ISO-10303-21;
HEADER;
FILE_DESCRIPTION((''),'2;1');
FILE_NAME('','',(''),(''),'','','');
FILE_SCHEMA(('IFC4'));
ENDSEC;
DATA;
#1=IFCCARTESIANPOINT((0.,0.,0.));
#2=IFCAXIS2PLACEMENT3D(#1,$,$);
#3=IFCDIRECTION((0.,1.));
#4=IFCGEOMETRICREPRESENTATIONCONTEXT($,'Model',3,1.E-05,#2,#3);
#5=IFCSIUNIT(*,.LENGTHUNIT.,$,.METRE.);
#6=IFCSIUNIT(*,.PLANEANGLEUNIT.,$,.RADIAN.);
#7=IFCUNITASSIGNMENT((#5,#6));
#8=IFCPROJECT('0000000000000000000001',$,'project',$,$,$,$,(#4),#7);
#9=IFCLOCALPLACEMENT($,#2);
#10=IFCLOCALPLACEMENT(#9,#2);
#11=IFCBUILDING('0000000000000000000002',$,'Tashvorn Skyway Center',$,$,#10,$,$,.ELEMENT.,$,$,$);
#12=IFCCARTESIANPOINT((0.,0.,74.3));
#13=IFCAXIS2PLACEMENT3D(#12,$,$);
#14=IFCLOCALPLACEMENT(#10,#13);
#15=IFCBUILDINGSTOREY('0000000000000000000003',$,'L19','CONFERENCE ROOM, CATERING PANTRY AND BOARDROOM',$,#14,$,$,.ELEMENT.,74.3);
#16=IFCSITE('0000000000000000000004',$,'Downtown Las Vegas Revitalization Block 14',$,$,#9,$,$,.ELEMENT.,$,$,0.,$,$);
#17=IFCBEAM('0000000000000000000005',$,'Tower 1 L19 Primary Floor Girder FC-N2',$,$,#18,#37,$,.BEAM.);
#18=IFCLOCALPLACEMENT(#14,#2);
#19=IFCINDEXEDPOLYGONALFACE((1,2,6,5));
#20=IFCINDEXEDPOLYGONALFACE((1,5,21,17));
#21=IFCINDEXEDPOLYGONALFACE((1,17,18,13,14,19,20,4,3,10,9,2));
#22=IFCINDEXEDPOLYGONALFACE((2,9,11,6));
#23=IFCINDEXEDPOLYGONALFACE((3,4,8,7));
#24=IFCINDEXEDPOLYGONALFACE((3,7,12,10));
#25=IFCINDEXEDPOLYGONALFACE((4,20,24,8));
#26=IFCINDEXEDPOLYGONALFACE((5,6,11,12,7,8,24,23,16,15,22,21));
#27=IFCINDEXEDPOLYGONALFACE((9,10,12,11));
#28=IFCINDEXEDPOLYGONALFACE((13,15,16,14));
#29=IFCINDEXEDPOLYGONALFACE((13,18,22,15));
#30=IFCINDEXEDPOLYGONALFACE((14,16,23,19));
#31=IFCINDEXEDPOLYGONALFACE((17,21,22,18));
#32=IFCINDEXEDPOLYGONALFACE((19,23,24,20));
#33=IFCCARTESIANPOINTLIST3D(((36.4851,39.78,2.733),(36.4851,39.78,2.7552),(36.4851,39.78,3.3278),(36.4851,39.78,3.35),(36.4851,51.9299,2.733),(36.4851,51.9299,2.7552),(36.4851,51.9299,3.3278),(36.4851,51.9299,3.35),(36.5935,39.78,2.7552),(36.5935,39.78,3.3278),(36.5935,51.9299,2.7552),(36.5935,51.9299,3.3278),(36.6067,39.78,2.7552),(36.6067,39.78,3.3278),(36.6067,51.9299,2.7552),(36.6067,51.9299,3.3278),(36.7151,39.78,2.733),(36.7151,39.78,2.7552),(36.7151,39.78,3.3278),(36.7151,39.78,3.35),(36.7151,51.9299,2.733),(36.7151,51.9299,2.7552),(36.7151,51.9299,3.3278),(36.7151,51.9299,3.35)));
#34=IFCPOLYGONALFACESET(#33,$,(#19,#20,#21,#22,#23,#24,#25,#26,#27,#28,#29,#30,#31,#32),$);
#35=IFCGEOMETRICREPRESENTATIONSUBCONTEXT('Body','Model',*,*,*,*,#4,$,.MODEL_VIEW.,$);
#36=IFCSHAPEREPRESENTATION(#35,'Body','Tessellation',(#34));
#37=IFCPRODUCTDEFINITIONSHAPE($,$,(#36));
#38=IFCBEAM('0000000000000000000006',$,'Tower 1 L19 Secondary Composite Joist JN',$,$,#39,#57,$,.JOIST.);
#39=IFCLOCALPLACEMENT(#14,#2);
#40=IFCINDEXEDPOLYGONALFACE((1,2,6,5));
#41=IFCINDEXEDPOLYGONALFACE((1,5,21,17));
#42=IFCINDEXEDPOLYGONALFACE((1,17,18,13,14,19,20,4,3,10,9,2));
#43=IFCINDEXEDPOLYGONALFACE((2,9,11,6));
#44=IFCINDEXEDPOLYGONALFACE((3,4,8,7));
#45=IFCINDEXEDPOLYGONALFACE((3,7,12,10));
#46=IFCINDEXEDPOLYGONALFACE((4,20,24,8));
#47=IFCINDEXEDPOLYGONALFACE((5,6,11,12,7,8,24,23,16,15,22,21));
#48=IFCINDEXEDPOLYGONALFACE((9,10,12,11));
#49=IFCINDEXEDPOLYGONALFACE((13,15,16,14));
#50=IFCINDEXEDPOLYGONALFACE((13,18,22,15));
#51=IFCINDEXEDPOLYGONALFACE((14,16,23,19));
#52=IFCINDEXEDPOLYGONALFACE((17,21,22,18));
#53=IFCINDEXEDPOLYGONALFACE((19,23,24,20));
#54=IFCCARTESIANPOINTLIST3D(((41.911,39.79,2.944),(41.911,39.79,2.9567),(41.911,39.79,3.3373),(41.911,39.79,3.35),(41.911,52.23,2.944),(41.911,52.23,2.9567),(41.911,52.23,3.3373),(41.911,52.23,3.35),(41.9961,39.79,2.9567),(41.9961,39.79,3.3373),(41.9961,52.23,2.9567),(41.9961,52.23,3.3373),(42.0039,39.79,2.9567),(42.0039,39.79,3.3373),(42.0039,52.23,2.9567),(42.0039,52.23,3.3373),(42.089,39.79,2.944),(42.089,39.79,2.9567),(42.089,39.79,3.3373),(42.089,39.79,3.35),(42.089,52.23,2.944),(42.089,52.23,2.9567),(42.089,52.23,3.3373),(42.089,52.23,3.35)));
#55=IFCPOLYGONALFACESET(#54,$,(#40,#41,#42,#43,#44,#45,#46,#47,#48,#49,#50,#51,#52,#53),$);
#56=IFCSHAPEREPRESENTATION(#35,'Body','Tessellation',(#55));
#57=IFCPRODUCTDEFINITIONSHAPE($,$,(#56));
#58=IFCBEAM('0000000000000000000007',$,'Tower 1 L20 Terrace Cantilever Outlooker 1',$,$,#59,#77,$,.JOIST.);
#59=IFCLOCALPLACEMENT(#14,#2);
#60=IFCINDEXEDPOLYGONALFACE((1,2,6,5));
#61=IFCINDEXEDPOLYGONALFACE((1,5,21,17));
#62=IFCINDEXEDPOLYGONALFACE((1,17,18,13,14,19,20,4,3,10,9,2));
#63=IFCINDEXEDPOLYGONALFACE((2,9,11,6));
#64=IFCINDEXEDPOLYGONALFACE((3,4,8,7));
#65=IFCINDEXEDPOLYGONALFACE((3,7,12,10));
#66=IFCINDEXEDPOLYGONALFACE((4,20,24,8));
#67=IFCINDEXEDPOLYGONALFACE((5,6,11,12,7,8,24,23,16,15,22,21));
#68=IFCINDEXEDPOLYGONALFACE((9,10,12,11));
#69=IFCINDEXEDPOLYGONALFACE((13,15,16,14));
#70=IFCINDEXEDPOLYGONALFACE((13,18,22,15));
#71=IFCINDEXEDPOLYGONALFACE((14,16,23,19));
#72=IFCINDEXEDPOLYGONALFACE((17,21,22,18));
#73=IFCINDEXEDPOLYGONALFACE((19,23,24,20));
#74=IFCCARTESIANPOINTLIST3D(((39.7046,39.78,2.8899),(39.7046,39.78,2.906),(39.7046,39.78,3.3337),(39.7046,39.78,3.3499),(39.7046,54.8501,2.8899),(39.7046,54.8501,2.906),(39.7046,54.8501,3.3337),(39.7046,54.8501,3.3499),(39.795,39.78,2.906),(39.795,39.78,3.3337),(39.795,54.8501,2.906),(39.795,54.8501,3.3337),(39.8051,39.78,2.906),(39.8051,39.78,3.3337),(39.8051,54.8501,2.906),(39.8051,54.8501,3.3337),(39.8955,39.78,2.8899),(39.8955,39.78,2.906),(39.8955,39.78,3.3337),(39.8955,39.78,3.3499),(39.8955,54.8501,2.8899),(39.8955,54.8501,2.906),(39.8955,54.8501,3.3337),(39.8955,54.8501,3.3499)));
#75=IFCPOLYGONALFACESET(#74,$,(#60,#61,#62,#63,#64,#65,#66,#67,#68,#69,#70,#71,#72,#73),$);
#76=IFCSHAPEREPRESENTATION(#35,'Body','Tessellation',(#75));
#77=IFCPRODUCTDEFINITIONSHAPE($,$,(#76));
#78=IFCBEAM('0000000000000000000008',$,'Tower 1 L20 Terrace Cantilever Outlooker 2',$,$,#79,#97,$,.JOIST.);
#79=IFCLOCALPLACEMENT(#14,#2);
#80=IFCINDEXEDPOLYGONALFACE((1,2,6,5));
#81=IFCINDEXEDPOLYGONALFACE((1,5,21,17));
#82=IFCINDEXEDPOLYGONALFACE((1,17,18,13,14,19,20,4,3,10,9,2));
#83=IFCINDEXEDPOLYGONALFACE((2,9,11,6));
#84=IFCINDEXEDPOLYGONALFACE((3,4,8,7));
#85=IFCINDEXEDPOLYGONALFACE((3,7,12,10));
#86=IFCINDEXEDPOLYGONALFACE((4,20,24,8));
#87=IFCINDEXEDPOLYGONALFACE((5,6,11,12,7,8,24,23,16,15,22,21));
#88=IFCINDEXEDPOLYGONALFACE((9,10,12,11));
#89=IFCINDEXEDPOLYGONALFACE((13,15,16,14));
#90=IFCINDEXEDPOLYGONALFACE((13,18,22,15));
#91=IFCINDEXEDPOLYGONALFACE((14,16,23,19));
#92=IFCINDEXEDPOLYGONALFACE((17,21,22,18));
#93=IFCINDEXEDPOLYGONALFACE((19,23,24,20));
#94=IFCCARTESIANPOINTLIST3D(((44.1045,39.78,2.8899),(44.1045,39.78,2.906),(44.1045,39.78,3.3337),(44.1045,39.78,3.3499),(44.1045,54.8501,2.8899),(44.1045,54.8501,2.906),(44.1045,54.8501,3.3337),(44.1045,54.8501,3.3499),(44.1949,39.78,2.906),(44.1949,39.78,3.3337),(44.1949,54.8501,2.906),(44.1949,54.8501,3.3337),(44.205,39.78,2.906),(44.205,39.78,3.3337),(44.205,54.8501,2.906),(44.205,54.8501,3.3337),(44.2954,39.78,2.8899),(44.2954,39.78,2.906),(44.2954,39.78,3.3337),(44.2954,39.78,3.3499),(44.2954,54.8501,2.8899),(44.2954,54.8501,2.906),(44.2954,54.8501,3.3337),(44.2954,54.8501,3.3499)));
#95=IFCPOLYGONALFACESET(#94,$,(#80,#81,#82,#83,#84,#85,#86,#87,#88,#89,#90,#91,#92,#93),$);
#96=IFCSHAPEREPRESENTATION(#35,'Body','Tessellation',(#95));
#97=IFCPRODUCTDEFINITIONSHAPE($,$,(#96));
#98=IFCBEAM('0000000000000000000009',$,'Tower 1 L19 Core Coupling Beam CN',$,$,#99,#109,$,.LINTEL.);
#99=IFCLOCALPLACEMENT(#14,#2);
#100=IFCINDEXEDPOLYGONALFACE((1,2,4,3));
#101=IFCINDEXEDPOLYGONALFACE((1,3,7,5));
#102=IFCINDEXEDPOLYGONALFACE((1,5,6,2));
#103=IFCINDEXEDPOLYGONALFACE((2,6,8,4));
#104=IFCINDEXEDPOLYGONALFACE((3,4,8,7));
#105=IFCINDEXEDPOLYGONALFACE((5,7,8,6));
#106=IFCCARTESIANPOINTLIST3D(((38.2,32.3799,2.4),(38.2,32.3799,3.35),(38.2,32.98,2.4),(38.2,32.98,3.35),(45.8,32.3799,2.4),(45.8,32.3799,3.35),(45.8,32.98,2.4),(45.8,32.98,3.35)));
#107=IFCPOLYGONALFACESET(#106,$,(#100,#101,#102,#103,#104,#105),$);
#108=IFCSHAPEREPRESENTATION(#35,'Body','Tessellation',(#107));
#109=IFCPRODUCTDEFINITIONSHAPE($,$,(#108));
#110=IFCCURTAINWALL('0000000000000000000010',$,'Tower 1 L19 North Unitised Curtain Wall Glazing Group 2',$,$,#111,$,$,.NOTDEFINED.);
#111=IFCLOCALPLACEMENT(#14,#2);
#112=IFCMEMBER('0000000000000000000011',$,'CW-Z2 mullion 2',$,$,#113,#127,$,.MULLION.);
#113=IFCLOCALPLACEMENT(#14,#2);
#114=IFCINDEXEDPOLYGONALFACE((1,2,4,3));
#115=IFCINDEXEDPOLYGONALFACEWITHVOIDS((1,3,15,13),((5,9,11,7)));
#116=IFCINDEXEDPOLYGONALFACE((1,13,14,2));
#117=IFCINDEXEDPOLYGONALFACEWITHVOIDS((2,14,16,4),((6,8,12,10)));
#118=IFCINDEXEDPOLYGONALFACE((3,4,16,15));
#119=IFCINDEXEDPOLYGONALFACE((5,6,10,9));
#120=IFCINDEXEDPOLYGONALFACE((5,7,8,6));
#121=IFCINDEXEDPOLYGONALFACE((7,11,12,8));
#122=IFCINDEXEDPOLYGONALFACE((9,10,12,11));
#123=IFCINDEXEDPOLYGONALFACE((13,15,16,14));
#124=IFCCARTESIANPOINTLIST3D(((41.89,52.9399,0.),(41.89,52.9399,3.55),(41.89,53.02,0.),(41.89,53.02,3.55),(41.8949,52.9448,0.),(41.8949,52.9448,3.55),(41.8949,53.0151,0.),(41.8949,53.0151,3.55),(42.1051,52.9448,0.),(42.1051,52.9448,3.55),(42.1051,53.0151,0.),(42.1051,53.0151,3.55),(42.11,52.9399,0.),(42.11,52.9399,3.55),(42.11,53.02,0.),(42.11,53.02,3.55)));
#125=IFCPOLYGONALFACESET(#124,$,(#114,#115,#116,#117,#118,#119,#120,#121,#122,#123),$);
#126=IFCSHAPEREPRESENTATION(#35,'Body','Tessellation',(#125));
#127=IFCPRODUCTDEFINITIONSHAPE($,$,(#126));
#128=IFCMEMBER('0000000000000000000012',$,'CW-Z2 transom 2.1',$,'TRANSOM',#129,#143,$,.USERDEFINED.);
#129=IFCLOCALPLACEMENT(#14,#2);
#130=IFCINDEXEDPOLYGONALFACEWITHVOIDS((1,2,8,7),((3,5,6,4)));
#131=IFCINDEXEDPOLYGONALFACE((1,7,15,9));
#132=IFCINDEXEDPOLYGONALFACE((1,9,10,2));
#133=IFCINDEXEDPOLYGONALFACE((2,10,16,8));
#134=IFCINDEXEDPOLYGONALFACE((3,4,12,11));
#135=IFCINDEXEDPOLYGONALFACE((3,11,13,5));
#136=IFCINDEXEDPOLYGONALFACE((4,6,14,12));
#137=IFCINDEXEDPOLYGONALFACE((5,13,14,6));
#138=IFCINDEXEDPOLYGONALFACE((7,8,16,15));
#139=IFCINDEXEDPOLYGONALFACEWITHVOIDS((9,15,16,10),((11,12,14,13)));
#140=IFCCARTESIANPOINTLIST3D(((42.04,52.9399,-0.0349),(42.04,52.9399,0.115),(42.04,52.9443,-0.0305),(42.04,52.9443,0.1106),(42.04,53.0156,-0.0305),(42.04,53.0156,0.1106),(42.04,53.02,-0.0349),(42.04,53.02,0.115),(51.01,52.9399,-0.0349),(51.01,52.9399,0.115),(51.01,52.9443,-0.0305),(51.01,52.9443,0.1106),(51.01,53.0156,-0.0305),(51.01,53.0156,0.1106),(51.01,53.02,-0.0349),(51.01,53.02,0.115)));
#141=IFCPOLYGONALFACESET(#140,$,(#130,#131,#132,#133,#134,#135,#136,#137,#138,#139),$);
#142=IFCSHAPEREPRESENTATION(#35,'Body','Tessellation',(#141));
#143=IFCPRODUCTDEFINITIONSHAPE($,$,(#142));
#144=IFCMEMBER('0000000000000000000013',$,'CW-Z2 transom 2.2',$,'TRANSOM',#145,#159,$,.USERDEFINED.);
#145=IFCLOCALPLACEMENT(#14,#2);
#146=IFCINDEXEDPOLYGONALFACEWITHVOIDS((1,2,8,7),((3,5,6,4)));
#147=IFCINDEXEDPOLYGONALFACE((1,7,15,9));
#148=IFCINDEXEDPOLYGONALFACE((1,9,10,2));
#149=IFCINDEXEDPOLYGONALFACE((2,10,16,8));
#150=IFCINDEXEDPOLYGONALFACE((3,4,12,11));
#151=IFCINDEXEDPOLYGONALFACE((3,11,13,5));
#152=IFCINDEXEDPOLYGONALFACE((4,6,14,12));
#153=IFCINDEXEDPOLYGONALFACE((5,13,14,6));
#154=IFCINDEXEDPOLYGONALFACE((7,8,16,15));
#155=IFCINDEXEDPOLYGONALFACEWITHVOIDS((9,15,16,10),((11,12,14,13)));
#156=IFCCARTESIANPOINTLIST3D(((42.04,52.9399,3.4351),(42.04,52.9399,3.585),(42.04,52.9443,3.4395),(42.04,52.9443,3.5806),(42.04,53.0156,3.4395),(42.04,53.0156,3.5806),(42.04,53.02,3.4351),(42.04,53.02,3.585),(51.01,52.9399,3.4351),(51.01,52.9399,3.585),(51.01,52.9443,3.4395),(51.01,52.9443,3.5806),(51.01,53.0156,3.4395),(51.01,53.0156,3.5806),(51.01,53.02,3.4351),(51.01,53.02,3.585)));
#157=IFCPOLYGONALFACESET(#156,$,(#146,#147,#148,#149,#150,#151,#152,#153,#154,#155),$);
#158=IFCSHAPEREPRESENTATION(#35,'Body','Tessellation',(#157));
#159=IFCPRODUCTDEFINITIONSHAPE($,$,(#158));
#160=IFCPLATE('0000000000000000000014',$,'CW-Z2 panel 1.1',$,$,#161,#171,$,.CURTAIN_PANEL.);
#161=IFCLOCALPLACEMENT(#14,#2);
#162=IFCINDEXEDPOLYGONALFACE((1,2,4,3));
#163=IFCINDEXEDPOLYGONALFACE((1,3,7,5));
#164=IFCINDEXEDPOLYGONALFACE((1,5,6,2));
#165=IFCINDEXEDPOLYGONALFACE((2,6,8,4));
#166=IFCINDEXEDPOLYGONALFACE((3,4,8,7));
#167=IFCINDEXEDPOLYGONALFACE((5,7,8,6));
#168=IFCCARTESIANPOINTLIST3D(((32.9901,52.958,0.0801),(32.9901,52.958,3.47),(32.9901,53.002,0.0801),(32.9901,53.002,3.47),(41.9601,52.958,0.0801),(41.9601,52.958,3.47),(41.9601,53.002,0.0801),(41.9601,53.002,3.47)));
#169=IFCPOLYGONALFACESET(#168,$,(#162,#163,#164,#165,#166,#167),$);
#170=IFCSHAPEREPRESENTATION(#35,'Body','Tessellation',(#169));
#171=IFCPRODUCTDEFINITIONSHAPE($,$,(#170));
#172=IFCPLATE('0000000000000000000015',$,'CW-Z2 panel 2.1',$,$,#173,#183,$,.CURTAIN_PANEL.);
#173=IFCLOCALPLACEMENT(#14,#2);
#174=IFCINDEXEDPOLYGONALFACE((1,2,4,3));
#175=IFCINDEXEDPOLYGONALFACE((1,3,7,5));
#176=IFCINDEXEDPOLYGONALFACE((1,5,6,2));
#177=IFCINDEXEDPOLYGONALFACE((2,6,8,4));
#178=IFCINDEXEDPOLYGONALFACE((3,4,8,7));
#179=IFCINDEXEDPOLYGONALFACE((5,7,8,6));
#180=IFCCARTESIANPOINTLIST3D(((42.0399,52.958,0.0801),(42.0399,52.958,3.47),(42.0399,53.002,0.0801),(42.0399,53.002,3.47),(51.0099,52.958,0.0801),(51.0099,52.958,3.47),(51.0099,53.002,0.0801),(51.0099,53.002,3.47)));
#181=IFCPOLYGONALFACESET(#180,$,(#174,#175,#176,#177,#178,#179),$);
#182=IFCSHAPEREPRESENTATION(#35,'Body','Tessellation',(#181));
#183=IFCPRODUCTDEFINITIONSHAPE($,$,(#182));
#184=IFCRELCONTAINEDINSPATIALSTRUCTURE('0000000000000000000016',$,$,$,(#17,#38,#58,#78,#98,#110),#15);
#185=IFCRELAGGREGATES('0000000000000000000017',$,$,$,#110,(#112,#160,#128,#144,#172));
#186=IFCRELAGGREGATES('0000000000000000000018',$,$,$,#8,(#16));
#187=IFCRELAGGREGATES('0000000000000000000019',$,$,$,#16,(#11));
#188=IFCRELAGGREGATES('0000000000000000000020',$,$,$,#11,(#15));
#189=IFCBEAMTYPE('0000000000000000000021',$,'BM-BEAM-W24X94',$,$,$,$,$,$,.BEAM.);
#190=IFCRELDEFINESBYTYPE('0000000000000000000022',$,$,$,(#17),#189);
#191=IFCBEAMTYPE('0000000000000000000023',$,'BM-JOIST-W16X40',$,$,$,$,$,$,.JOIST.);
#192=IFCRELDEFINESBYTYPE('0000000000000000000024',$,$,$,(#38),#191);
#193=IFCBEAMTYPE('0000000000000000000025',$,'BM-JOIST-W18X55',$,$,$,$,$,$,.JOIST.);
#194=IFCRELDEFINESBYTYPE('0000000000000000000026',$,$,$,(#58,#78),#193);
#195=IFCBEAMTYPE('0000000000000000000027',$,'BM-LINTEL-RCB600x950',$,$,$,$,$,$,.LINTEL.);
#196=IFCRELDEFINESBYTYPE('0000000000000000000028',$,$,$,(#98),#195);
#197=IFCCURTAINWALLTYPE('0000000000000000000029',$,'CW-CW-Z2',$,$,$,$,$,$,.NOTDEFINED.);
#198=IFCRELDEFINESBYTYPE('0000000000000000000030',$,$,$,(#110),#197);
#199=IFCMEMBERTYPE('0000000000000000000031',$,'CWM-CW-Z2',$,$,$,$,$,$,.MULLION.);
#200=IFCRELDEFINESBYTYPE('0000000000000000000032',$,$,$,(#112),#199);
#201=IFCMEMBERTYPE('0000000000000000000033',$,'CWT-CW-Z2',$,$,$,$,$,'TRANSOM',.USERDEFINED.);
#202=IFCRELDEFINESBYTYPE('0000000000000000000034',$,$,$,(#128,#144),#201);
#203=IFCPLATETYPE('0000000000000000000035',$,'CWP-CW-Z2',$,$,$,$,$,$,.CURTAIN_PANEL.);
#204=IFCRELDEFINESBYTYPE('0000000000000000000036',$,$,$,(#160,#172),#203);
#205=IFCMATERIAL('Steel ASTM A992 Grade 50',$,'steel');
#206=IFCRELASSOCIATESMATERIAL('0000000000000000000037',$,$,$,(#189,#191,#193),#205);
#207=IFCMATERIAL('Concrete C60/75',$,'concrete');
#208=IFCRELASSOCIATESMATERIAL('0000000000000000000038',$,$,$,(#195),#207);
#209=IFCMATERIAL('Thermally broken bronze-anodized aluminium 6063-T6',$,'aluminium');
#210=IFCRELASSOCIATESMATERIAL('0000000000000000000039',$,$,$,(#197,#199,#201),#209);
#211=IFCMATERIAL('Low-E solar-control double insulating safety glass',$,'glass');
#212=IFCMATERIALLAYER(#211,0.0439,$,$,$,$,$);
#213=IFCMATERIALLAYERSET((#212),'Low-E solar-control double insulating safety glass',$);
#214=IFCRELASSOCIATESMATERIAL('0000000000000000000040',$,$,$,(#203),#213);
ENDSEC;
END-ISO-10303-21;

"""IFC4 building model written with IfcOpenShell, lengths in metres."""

from ifc_helpers import new_model, si_unit, direction, frame, origin, origin_2d, place, context, subcontext, project, spatial, rectangle, hollow_rectangle, i_section, extrude, material, layer, layer_set, material_profile, profile_set, type_object, element, aggregate, save


model = new_model("IFC4")

# Units and contexts
model_context = context("Model", 3, precision=1e-05, world=origin(), true_north=direction((0.0, 1.0)))
body_context = subcontext(model_context, "Body", "Model", "MODEL_VIEW")
ifc_project = project(units=[si_unit("LENGTHUNIT", "METRE"), si_unit("PLANEANGLEUNIT", "RADIAN")], contexts=[model_context])

# Site, building, storey
site_placement = place(None, origin())
site = spatial("IfcSite", under=ifc_project, at=site_placement, Name="Downtown Las Vegas Revitalization Block 14", CompositionType="ELEMENT", RefElevation=0.0)
building_placement = place(site_placement, origin())
building = spatial("IfcBuilding", under=site, at=building_placement, Name="Tashvorn Skyway Center", CompositionType="ELEMENT")
storey_placement = place(building_placement, frame((0.0, 0.0, 74.3)))
storey = spatial("IfcBuildingStorey", under=building, at=storey_placement, Name="L19", Description="CONFERENCE ROOM, CATERING PANTRY AND BOARDROOM", CompositionType="ELEMENT", Elevation=74.3)

# Beams
ifc_material_1 = material(Name="Steel ASTM A992 Grade 50", Category="steel")
ifc_material_profile_1 = material_profile(ifc_material_1, i_section(OverallWidth=0.23, OverallDepth=0.6169, WebThickness=0.0132, FlangeThickness=0.0222, at=origin_2d()), Name="W24X94")
ifc_profile_set_1 = profile_set([ifc_material_profile_1], Name="Steel ASTM A992 Grade 50")
beam_type_1 = type_object("IfcBeamType", Name="BM-BEAM-W24X94", PredefinedType="BEAM", material=ifc_profile_set_1)
beam_1_placement = place(storey_placement, frame((36.6001, 51.9299, 3.0415), z_axis=(0.0, -1.0, 0.0), x_axis=(1.0, 0.0, 0.0)))
element("IfcBeam", 1, at=beam_1_placement, inside=storey, type_object=beam_type_1, Name="Tower 1 L19 Primary Floor Girder FC-N2", PredefinedType="BEAM", context=body_context, shape_type="SweptSolid", body=[
    extrude(i_section(OverallWidth=0.23, OverallDepth=0.6169, WebThickness=0.0132, FlangeThickness=0.0222, at=origin_2d()), origin(), (0.0, 0.0, 1.0), 12.1499),
])
ifc_material_profile_2 = material_profile(ifc_material_1, i_section(OverallWidth=0.178, OverallDepth=0.406, WebThickness=0.0078, FlangeThickness=0.0127, at=origin_2d()), Name="W16X40")
ifc_profile_set_2 = profile_set([ifc_material_profile_2], Name="Steel ASTM A992 Grade 50")
beam_type_2 = type_object("IfcBeamType", Name="BM-JOIST-W16X40", PredefinedType="JOIST", material=ifc_profile_set_2)
beam_2_placement = place(storey_placement, frame((42.0, 39.79, 3.147), z_axis=(0.0, 1.0, 0.0), x_axis=(-1.0, 0.0, 0.0)))
element("IfcBeam", 2, at=beam_2_placement, inside=storey, type_object=beam_type_2, Name="Tower 1 L19 Secondary Composite Joist JN", PredefinedType="JOIST", context=body_context, shape_type="SweptSolid", body=[
    extrude(i_section(OverallWidth=0.178, OverallDepth=0.406, WebThickness=0.0078, FlangeThickness=0.0127, at=origin_2d()), origin(), (0.0, 0.0, 1.0), 12.4399),
])
ifc_material_profile_3 = material_profile(ifc_material_1, i_section(OverallWidth=0.1909, OverallDepth=0.46, WebThickness=0.01, FlangeThickness=0.0161, at=origin_2d()), Name="W18X55")
ifc_profile_set_3 = profile_set([ifc_material_profile_3], Name="Steel ASTM A992 Grade 50")
beam_type_3 = type_object("IfcBeamType", Name="BM-JOIST-W18X55", PredefinedType="JOIST", material=ifc_profile_set_3)
for number, where, z_axis, x_axis, name in (
    (3, (39.8, 39.78, 3.1199), (0.0, 1.0, 0.0), (-1.0, 0.0, 0.0), "Tower 1 L20 Terrace Cantilever Outlooker 1"),
    (4, (44.2, 39.78, 3.1199), (0.0, 1.0, 0.0), (-1.0, 0.0, 0.0), "Tower 1 L20 Terrace Cantilever Outlooker 2"),
):
    element("IfcBeam", number, at=place(storey_placement, frame(where, z_axis=z_axis, x_axis=x_axis)), inside=storey, type_object=beam_type_3, Name=name, PredefinedType="JOIST", context=body_context, shape_type="SweptSolid", body=[
        extrude(i_section(OverallWidth=0.1909, OverallDepth=0.46, WebThickness=0.01, FlangeThickness=0.0161, at=origin_2d()), origin(), (0.0, 0.0, 1.0), 15.0701),
    ])
ifc_material_2 = material(Name="Concrete C60/75", Category="concrete")
ifc_material_profile_4 = material_profile(ifc_material_2, rectangle(XDim=0.6001, YDim=0.95, at=origin_2d()), Name="RCB600x950")
ifc_profile_set_4 = profile_set([ifc_material_profile_4], Name="Concrete C60/75")
beam_type_4 = type_object("IfcBeamType", Name="BM-LINTEL-RCB600x950", PredefinedType="LINTEL", material=ifc_profile_set_4)
beam_3_placement = place(storey_placement, frame((38.2, 32.6799, 2.875), z_axis=(1.0, 0.0, 0.0), x_axis=(0.0, 1.0, 0.0)))
element("IfcBeam", 5, at=beam_3_placement, inside=storey, type_object=beam_type_4, Name="Tower 1 L19 Core Coupling Beam CN", PredefinedType="LINTEL", context=body_context, shape_type="SweptSolid", body=[
    extrude(rectangle(XDim=0.6001, YDim=0.95, at=origin_2d()), origin(), (0.0, 0.0, 1.0), 7.6001),
])

# Curtain wall, members, plates
ifc_material_3 = material(Name="Thermally broken bronze-anodized aluminium 6063-T6", Category="aluminium")
curtain_wall_type = type_object("IfcCurtainWallType", Name="CW-CW-Z2", PredefinedType="NOTDEFINED", material=ifc_material_3)
curtain_wall_placement = place(storey_placement, origin())
curtain_wall = element("IfcCurtainWall", 6, at=curtain_wall_placement, inside=storey, type_object=curtain_wall_type, Name="Tower 1 L19 North Unitised Curtain Wall Glazing Group 2", PredefinedType="NOTDEFINED")
ifc_material_profile_5 = material_profile(ifc_material_3, hollow_rectangle(XDim=0.0801, YDim=0.22, WallThickness=0.0049, at=origin_2d()), Name="ALU-MULL-80x220")
ifc_profile_set_5 = profile_set([ifc_material_profile_5], Name="Thermally broken bronze-anodized aluminium 6063-T6")
member_type_1 = type_object("IfcMemberType", Name="CWM-CW-Z2", PredefinedType="MULLION", material=ifc_profile_set_5)
member_1_placement = place(storey_placement, frame((42.0, 52.98, 0.0), z_axis=(0.0, 0.0, 1.0), x_axis=(0.0, 1.0, 0.0)))
member_1 = element("IfcMember", 7, at=member_1_placement, type_object=member_type_1, Name="CW-Z2 mullion 2", PredefinedType="MULLION", context=body_context, shape_type="SweptSolid", body=[
    extrude(hollow_rectangle(XDim=0.0801, YDim=0.22, WallThickness=0.0049, at=origin_2d()), origin(), (0.0, 0.0, 1.0), 3.55),
])
ifc_material_profile_6 = material_profile(ifc_material_3, hollow_rectangle(XDim=0.0801, YDim=0.1499, WallThickness=0.0044, at=origin_2d()), Name="ALU-TRAN-80x150")
ifc_profile_set_6 = profile_set([ifc_material_profile_6], Name="Thermally broken bronze-anodized aluminium 6063-T6")
member_type_2 = type_object("IfcMemberType", Name="CWT-CW-Z2", ElementType="TRANSOM", PredefinedType="USERDEFINED", material=ifc_profile_set_6)
member_2_placement = place(storey_placement, frame((42.04, 52.98, 0.04), z_axis=(1.0, 0.0, 0.0), x_axis=(0.0, 1.0, 0.0)))
member_2 = element("IfcMember", 8, at=member_2_placement, type_object=member_type_2, Name="CW-Z2 transom 2.1", ObjectType="TRANSOM", PredefinedType="USERDEFINED", context=body_context, shape_type="SweptSolid", body=[
    extrude(hollow_rectangle(XDim=0.0801, YDim=0.1499, WallThickness=0.0044, at=origin_2d()), origin(), (0.0, 0.0, 1.0), 8.97),
])
member_3_placement = place(storey_placement, frame((42.04, 52.98, 3.51), z_axis=(1.0, 0.0, 0.0), x_axis=(0.0, 1.0, 0.0)))
member_3 = element("IfcMember", 9, at=member_3_placement, type_object=member_type_2, Name="CW-Z2 transom 2.2", ObjectType="TRANSOM", PredefinedType="USERDEFINED", context=body_context, shape_type="SweptSolid", body=[
    extrude(hollow_rectangle(XDim=0.0801, YDim=0.1499, WallThickness=0.0044, at=origin_2d()), origin(), (0.0, 0.0, 1.0), 8.97),
])
ifc_material_4 = material(Name="Low-E solar-control double insulating safety glass", Category="glass")
ifc_layer_1 = layer(ifc_material_4, 0.0439)
ifc_layer_set_1 = layer_set([ifc_layer_1], Name="Low-E solar-control double insulating safety glass")
plate_type = type_object("IfcPlateType", Name="CWP-CW-Z2", PredefinedType="CURTAIN_PANEL", material=ifc_layer_set_1)
plate_1_placement = place(storey_placement, frame((37.4751, 52.98, 0.0801), z_axis=(0.0, 0.0, 1.0), x_axis=(1.0, 0.0, 0.0)))
plate_1 = element("IfcPlate", 10, at=plate_1_placement, type_object=plate_type, Name="CW-Z2 panel 1.1", PredefinedType="CURTAIN_PANEL", context=body_context, shape_type="SweptSolid", body=[
    extrude(rectangle(XDim=8.97, YDim=0.0439, at=origin_2d()), origin(), (0.0, 0.0, 1.0), 3.3899),
])
plate_2_placement = place(storey_placement, frame((46.5249, 52.98, 0.0801), z_axis=(0.0, 0.0, 1.0), x_axis=(1.0, 0.0, 0.0)))
plate_2 = element("IfcPlate", 11, at=plate_2_placement, type_object=plate_type, Name="CW-Z2 panel 2.1", PredefinedType="CURTAIN_PANEL", context=body_context, shape_type="SweptSolid", body=[
    extrude(rectangle(XDim=8.97, YDim=0.0439, at=origin_2d()), origin(), (0.0, 0.0, 1.0), 3.3899),
])
aggregate(curtain_wall, [member_1, plate_1, member_2, member_3, plate_2])

save(model, "model.ifc")
